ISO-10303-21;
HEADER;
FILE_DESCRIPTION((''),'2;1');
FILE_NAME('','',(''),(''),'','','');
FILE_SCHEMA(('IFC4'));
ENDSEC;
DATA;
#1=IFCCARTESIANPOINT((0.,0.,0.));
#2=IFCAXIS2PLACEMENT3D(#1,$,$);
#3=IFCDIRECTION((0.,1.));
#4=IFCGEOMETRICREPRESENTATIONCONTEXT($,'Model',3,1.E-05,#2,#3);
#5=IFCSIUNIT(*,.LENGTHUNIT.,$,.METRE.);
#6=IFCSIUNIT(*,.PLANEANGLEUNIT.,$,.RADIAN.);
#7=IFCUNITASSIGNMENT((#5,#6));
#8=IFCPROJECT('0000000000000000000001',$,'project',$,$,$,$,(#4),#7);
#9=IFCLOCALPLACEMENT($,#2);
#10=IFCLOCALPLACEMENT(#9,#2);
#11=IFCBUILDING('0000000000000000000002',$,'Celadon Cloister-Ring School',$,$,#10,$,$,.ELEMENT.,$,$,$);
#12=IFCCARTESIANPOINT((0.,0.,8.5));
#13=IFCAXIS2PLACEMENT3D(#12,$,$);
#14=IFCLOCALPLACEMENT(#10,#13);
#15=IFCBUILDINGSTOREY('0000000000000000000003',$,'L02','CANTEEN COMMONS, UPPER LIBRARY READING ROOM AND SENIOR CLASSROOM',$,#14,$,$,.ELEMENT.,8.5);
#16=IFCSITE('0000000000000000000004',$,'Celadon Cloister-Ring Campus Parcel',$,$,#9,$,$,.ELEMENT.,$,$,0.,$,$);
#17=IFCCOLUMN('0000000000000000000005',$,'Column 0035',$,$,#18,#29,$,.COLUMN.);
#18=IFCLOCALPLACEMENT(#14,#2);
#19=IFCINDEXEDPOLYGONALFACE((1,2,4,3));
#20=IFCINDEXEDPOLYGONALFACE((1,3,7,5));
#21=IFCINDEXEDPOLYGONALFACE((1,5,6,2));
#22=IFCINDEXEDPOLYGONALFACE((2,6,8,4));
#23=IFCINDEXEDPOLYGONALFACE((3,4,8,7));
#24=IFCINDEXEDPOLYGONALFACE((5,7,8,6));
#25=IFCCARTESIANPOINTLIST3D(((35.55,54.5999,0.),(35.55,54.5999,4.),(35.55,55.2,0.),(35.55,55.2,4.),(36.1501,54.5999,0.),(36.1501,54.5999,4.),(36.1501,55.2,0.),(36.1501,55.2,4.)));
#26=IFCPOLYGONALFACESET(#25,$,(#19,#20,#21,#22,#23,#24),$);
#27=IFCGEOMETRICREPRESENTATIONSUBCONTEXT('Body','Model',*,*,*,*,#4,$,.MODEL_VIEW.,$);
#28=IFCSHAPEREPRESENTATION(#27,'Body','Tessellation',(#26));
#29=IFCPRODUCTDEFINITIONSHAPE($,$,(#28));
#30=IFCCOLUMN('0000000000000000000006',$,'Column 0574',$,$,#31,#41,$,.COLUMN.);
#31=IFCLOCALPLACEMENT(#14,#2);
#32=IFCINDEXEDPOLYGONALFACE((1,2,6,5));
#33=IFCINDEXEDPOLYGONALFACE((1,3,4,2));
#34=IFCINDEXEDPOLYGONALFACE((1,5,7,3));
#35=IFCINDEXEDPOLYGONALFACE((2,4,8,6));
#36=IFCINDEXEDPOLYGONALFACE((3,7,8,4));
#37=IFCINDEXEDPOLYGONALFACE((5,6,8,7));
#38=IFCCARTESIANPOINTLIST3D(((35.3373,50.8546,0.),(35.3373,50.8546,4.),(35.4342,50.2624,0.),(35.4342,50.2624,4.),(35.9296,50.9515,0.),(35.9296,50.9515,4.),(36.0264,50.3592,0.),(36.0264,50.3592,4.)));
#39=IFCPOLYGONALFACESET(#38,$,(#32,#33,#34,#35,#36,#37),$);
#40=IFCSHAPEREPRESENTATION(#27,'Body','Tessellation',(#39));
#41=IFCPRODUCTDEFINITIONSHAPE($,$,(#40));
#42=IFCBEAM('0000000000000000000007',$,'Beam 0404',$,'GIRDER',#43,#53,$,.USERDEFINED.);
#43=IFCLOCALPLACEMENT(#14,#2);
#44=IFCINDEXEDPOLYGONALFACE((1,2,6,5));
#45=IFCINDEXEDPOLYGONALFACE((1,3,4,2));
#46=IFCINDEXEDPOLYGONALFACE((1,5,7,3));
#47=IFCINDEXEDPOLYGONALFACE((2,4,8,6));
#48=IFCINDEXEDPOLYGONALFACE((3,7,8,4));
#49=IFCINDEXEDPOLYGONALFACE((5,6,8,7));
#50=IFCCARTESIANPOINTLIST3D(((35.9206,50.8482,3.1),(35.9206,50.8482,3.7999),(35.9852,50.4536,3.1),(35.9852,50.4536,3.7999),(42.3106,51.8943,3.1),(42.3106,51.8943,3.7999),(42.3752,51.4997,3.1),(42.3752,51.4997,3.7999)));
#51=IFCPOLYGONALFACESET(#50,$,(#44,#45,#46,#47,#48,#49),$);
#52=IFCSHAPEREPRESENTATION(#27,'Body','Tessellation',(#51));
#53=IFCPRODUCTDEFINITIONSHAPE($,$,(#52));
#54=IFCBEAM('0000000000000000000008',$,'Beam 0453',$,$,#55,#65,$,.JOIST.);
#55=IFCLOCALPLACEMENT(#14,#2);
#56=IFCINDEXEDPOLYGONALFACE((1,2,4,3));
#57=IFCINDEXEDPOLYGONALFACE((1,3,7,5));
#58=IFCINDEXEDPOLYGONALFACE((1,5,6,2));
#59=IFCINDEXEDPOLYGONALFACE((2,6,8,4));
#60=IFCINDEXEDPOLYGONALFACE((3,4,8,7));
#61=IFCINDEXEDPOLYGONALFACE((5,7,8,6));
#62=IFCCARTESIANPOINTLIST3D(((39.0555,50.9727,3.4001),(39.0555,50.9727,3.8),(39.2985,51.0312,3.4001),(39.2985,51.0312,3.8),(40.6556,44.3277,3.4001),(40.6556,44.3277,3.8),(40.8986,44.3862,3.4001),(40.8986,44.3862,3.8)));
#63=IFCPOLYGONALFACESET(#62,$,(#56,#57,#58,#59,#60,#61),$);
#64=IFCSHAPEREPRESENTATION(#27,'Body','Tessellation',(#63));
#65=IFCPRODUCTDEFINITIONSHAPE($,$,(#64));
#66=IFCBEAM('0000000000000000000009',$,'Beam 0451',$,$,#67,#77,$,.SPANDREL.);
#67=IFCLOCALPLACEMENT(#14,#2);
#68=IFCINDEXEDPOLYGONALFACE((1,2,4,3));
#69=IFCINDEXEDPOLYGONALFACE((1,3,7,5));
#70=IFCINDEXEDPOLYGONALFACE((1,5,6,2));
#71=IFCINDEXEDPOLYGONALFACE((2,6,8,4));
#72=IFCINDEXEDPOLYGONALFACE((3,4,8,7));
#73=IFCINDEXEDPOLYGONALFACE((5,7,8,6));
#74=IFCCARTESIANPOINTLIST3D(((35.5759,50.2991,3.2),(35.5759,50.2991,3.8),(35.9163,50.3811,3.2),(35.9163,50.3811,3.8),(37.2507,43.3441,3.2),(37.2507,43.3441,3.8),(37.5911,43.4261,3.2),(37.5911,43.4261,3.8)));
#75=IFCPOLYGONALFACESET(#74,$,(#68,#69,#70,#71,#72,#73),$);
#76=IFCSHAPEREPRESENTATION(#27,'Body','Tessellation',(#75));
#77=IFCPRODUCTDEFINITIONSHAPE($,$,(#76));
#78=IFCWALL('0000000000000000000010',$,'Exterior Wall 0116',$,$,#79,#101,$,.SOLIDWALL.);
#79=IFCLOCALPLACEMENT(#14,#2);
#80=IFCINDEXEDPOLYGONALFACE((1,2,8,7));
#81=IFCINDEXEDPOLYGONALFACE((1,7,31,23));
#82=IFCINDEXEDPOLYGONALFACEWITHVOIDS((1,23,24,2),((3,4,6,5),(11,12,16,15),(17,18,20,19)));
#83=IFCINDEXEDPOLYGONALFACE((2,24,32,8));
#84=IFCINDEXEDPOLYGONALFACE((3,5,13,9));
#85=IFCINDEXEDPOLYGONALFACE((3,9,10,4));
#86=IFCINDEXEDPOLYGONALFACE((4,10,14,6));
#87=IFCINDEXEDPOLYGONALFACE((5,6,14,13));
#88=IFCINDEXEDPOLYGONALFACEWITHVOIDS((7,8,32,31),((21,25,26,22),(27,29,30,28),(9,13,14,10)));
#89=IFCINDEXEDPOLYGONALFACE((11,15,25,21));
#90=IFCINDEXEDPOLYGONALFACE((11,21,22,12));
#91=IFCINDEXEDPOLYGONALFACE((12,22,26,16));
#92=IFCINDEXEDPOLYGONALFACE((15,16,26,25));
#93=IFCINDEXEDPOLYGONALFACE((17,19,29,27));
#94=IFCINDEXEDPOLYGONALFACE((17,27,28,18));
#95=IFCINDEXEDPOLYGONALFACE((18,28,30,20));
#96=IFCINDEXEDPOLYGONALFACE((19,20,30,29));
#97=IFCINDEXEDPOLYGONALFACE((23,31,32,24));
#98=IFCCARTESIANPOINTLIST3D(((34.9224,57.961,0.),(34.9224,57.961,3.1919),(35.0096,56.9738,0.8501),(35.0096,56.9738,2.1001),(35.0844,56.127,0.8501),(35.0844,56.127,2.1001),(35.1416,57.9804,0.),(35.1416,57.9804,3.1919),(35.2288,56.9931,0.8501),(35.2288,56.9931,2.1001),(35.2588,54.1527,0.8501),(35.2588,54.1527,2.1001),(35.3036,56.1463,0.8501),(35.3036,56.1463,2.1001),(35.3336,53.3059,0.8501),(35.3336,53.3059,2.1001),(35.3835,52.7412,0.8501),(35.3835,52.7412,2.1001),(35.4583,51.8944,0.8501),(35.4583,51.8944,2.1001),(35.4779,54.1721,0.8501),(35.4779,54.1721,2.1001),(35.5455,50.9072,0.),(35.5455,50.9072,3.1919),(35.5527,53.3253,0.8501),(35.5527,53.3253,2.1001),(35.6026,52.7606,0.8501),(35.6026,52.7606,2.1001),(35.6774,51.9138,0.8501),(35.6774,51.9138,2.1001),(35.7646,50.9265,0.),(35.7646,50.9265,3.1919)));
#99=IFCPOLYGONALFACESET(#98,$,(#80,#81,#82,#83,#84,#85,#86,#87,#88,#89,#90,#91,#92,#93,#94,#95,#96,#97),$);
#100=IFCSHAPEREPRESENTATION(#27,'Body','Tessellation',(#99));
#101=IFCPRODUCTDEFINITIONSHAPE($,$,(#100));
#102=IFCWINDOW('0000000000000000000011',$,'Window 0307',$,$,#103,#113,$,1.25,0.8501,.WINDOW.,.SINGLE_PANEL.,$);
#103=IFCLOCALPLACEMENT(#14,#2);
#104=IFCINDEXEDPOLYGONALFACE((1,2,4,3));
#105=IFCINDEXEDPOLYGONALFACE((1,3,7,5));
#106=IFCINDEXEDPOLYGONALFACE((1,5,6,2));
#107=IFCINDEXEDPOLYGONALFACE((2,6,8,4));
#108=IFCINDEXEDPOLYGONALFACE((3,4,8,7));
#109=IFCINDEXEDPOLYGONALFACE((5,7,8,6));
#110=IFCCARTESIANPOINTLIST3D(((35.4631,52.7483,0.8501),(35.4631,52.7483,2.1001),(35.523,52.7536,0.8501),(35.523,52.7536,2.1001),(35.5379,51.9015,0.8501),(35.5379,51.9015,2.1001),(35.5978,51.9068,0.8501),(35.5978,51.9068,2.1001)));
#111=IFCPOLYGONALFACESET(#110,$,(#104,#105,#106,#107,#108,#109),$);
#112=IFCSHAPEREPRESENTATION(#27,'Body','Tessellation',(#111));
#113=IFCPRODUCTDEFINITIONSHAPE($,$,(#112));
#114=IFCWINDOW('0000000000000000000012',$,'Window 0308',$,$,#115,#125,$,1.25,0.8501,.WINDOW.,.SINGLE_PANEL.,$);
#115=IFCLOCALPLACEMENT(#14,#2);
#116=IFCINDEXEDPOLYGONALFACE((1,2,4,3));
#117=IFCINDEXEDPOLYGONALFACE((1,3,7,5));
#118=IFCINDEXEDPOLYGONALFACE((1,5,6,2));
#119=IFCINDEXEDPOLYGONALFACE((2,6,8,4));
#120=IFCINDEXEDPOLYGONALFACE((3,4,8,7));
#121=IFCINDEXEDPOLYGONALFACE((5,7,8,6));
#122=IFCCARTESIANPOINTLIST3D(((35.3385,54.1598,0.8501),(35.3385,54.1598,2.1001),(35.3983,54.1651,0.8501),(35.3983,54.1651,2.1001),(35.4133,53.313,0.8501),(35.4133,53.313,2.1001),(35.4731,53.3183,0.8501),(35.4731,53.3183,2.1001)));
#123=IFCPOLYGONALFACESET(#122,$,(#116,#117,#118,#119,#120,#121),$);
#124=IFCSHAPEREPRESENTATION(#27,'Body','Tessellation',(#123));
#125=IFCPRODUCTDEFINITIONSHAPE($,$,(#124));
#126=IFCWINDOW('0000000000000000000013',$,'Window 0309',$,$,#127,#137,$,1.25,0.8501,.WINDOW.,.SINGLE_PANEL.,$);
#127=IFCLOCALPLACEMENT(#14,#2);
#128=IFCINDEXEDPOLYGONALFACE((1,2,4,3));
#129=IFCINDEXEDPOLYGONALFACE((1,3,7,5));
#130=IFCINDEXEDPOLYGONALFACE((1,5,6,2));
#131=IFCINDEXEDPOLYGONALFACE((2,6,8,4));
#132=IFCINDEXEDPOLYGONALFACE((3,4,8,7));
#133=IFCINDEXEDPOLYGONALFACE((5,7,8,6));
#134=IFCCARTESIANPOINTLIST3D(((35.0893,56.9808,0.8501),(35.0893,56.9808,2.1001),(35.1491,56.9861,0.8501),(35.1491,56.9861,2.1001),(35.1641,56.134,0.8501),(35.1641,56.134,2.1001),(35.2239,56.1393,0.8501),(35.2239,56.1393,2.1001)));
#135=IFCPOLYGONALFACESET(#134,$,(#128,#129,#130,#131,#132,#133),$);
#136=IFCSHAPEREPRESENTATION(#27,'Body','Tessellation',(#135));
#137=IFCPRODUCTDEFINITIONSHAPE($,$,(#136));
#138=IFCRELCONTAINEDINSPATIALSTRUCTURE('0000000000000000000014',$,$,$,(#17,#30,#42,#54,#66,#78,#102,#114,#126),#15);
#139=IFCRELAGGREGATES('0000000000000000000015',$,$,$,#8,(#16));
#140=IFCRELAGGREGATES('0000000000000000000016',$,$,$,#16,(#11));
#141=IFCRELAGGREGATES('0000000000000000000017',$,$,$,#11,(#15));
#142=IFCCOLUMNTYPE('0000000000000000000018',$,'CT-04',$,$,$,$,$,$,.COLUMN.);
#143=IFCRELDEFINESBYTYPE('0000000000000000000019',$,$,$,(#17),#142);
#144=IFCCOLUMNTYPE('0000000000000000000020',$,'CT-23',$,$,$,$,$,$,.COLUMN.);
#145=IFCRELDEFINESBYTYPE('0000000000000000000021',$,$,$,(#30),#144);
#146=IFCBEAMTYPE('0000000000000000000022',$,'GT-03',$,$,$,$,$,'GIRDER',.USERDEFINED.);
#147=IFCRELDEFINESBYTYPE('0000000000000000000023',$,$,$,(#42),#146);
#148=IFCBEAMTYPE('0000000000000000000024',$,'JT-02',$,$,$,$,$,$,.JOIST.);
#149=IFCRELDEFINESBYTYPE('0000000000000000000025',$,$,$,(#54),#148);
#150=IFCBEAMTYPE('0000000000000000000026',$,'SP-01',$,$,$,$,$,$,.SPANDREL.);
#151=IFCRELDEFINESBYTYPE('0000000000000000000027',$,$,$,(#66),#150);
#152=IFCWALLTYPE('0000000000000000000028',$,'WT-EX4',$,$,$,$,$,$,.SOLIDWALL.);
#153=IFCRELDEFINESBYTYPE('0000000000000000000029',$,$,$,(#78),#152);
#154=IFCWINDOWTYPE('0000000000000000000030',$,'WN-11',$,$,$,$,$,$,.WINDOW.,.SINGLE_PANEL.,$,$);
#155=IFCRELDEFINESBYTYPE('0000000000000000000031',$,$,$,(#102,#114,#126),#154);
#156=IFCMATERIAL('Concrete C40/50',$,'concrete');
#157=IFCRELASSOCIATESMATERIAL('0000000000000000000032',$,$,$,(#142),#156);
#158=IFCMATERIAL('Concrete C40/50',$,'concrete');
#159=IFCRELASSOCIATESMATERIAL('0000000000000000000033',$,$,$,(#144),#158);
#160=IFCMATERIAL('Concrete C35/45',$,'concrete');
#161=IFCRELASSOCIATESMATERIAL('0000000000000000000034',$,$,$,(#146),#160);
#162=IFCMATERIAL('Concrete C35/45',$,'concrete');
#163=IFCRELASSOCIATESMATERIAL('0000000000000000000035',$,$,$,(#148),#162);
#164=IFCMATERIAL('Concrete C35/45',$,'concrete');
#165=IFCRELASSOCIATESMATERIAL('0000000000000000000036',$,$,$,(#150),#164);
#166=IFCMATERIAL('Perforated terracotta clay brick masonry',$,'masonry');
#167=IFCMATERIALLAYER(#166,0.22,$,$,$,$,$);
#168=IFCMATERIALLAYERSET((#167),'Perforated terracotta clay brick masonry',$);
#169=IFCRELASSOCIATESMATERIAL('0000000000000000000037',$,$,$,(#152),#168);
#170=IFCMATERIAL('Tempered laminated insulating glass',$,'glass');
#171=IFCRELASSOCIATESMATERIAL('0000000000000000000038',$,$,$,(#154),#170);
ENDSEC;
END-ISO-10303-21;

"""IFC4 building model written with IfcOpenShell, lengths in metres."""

from ifc_helpers import new_model, si_unit, direction, frame, frame_2d, origin, origin_2d, place, context, subcontext, project, spatial, rectangle, extrude, material, layer, layer_set, material_profile, profile_set, type_object, element, fill, save


model = new_model("IFC4")

# Units and contexts
model_context = context("Model", 3, precision=1e-05, world=origin(), true_north=direction((0.0, 1.0)))
body_context = subcontext(model_context, "Body", "Model", "MODEL_VIEW")
ifc_project = project(units=[si_unit("LENGTHUNIT", "METRE"), si_unit("PLANEANGLEUNIT", "RADIAN")], contexts=[model_context])

# Site, building, storey
site_placement = place(None, origin())
site = spatial("IfcSite", under=ifc_project, at=site_placement, Name="Celadon Cloister-Ring Campus Parcel", CompositionType="ELEMENT", RefElevation=0.0)
building_placement = place(site_placement, origin())
building = spatial("IfcBuilding", under=site, at=building_placement, Name="Celadon Cloister-Ring School", CompositionType="ELEMENT")
storey_placement = place(building_placement, frame((0.0, 0.0, 8.5)))
storey = spatial("IfcBuildingStorey", under=building, at=storey_placement, Name="L02", Description="CANTEEN COMMONS, UPPER LIBRARY READING ROOM AND SENIOR CLASSROOM", CompositionType="ELEMENT", Elevation=8.5)

# Columns
ifc_material_1 = material(Name="Concrete C40/50", Category="concrete")
ifc_material_profile_1 = material_profile(ifc_material_1, rectangle(XDim=0.6001, YDim=0.6001, at=origin_2d()), Name="RC600X600")
ifc_profile_set_1 = profile_set([ifc_material_profile_1], Name="Concrete C40/50")
column_type_1 = type_object("IfcColumnType", Name="CT-04", PredefinedType="COLUMN", material=ifc_profile_set_1)
column_1_placement = place(storey_placement, frame((35.8501, 54.8999, 0.0), z_axis=(0.0, 0.0, 1.0), x_axis=(1.0, 0.0, 0.0)))
element("IfcColumn", 1, at=column_1_placement, inside=storey, type_object=column_type_1, Name="Column 0035", PredefinedType="COLUMN", context=body_context, shape_type="SweptSolid", body=[
    extrude(rectangle(XDim=0.6001, YDim=0.6001, at=origin_2d()), origin(), (0.0, 0.0, 1.0), 4.0),
])
ifc_material_2 = material(Name="Concrete C40/50", Category="concrete")
ifc_material_profile_2 = material_profile(ifc_material_2, rectangle(XDim=0.6001, YDim=0.6001, at=origin_2d()), Name="RC600X600")
ifc_profile_set_2 = profile_set([ifc_material_profile_2], Name="Concrete C40/50")
column_type_2 = type_object("IfcColumnType", Name="CT-23", PredefinedType="COLUMN", material=ifc_profile_set_2)
column_2_placement = place(storey_placement, frame((35.6819, 50.6069, 0.0), z_axis=(0.0, 0.0, 1.0), x_axis=(-0.98689, -0.161397, 0.0)))
element("IfcColumn", 2, at=column_2_placement, inside=storey, type_object=column_type_2, Name="Column 0574", PredefinedType="COLUMN", context=body_context, shape_type="SweptSolid", body=[
    extrude(rectangle(XDim=0.6001, YDim=0.6001, at=origin_2d()), origin(), (0.0, 0.0, 1.0), 4.0),
])

# Beams
ifc_material_3 = material(Name="Concrete C35/45", Category="concrete")
ifc_material_profile_3 = material_profile(ifc_material_3, rectangle(XDim=0.3999, YDim=0.7, at=origin_2d()), Name="RC400X700")
ifc_profile_set_3 = profile_set([ifc_material_profile_3], Name="Concrete C35/45")
beam_type_1 = type_object("IfcBeamType", Name="GT-03", ElementType="GIRDER", PredefinedType="USERDEFINED", material=ifc_profile_set_3)
beam_1_placement = place(storey_placement, frame((35.9529, 50.6509, 3.45), z_axis=(0.986863, 0.161561, 0.0), x_axis=(-0.161561, 0.986863, 0.0)))
element("IfcBeam", 3, at=beam_1_placement, inside=storey, type_object=beam_type_1, Name="Beam 0404", ObjectType="GIRDER", PredefinedType="USERDEFINED", context=body_context, shape_type="SweptSolid", body=[
    extrude(rectangle(XDim=0.3999, YDim=0.7, at=origin_2d()), origin(), (0.0, 0.0, 1.0), 6.4751),
])
ifc_material_4 = material(Name="Concrete C35/45", Category="concrete")
ifc_material_profile_4 = material_profile(ifc_material_4, rectangle(XDim=0.25, YDim=0.3999, at=origin_2d()), Name="RC250X400")
ifc_profile_set_4 = profile_set([ifc_material_profile_4], Name="Concrete C35/45")
beam_type_2 = type_object("IfcBeamType", Name="JT-02", PredefinedType="JOIST", material=ifc_profile_set_4)
beam_2_placement = place(storey_placement, frame((39.177, 51.002, 3.6001), z_axis=(0.234105, -0.972211, 0.0), x_axis=(0.972211, 0.234105, 0.0)))
element("IfcBeam", 4, at=beam_2_placement, inside=storey, type_object=beam_type_2, Name="Beam 0453", PredefinedType="JOIST", context=body_context, shape_type="SweptSolid", body=[
    extrude(rectangle(XDim=0.25, YDim=0.3999, at=origin_2d()), origin(), (0.0, 0.0, 1.0), 6.835),
])
ifc_material_5 = material(Name="Concrete C35/45", Category="concrete")
ifc_material_profile_5 = material_profile(ifc_material_5, rectangle(XDim=0.3501, YDim=0.6001, at=origin_2d()), Name="RC350X600")
ifc_profile_set_5 = profile_set([ifc_material_profile_5], Name="Concrete C35/45")
beam_type_3 = type_object("IfcBeamType", Name="SP-01", PredefinedType="SPANDREL", material=ifc_profile_set_5)
beam_3_placement = place(storey_placement, frame((35.7461, 50.3401, 3.5), z_axis=(0.234111, -0.97221, 0.0), x_axis=(0.97221, 0.234111, 0.0)))
element("IfcBeam", 5, at=beam_3_placement, inside=storey, type_object=beam_type_3, Name="Beam 0451", PredefinedType="SPANDREL", context=body_context, shape_type="SweptSolid", body=[
    extrude(rectangle(XDim=0.3501, YDim=0.6001, at=origin_2d()), origin(), (0.0, 0.0, 1.0), 7.1538),
])

# Wall, openings, windows
ifc_material_6 = material(Name="Perforated terracotta clay brick masonry", Category="masonry")
ifc_layer_1 = layer(ifc_material_6, 0.22)
ifc_layer_set_1 = layer_set([ifc_layer_1], Name="Perforated terracotta clay brick masonry")
wall_type_1 = type_object("IfcWallType", Name="WT-EX4", PredefinedType="SOLIDWALL", material=ifc_layer_set_1)
wall_1_placement = place(storey_placement, frame((35.655, 50.917, 0.0), z_axis=(0.0, 0.0, 1.0), x_axis=(-0.087983, 0.996122, 0.0)))
wall_1 = element("IfcWall", 6, at=wall_1_placement, inside=storey, type_object=wall_type_1, Name="Exterior Wall 0116", PredefinedType="SOLIDWALL", context=body_context, shape_type="SweptSolid", body=[
    extrude(rectangle(XDim=7.0813, YDim=0.22, at=frame_2d((3.5405, 0.0))), origin(), (0.0, 0.0, 1.0), 3.1919),
])
opening_1_placement = place(wall_1_placement, frame((0.991, 0.0, 0.8501)))
opening_1 = element("IfcOpeningElement", 7, at=opening_1_placement, cuts=wall_1, PredefinedType="OPENING", context=body_context, shape_type="SweptSolid", body=[
    extrude(rectangle(XDim=0.8501, YDim=1.25, at=frame_2d((0.425, 0.625))), frame((0.0, 0.1201, 0.0), z_axis=(0.0, -1.0, 0.0), x_axis=(1.0, 0.0, 0.0)), (0.0, 0.0, 1.0), 0.24),
])
opening_2_placement = place(wall_1_placement, frame((2.408, 0.0, 0.8501)))
opening_2 = element("IfcOpeningElement", 8, at=opening_2_placement, cuts=wall_1, PredefinedType="OPENING", context=body_context, shape_type="SweptSolid", body=[
    extrude(rectangle(XDim=0.8501, YDim=1.25, at=frame_2d((0.425, 0.625))), frame((0.0, 0.1201, 0.0), z_axis=(0.0, -1.0, 0.0), x_axis=(1.0, 0.0, 0.0)), (0.0, 0.0, 1.0), 0.24),
])
opening_3_placement = place(wall_1_placement, frame((5.24, 0.0, 0.8501)))
opening_3 = element("IfcOpeningElement", 9, at=opening_3_placement, cuts=wall_1, PredefinedType="OPENING", context=body_context, shape_type="SweptSolid", body=[
    extrude(rectangle(XDim=0.8501, YDim=1.25, at=frame_2d((0.425, 0.625))), frame((0.0, 0.1201, 0.0), z_axis=(0.0, -1.0, 0.0), x_axis=(1.0, 0.0, 0.0)), (0.0, 0.0, 1.0), 0.24),
])
ifc_material_7 = material(Name="Tempered laminated insulating glass", Category="glass")
window_type = type_object("IfcWindowType", Name="WN-11", PartitioningType="SINGLE_PANEL", PredefinedType="WINDOW", material=ifc_material_7)
window_1_placement = place(opening_1_placement, origin())
window_1 = element("IfcWindow", 10, at=window_1_placement, inside=storey, type_object=window_type, Name="Window 0307", OverallHeight=1.25, OverallWidth=0.8501, PartitioningType="SINGLE_PANEL", PredefinedType="WINDOW", context=body_context, shape_type="SweptSolid", body=[
    extrude(rectangle(XDim=0.8501, YDim=1.25, at=frame_2d((0.425, 0.625))), frame((0.0, 0.03, 0.0), z_axis=(0.0, -1.0, 0.0), x_axis=(1.0, 0.0, 0.0)), (0.0, 0.0, 1.0), 0.0601),
])
fill(opening_1, window_1)
window_2_placement = place(opening_2_placement, origin())
window_2 = element("IfcWindow", 11, at=window_2_placement, inside=storey, type_object=window_type, Name="Window 0308", OverallHeight=1.25, OverallWidth=0.8501, PartitioningType="SINGLE_PANEL", PredefinedType="WINDOW", context=body_context, shape_type="SweptSolid", body=[
    extrude(rectangle(XDim=0.8501, YDim=1.25, at=frame_2d((0.425, 0.625))), frame((0.0, 0.03, 0.0), z_axis=(0.0, -1.0, 0.0), x_axis=(1.0, 0.0, 0.0)), (0.0, 0.0, 1.0), 0.0601),
])
fill(opening_2, window_2)
window_3_placement = place(opening_3_placement, origin())
window_3 = element("IfcWindow", 12, at=window_3_placement, inside=storey, type_object=window_type, Name="Window 0309", OverallHeight=1.25, OverallWidth=0.8501, PartitioningType="SINGLE_PANEL", PredefinedType="WINDOW", context=body_context, shape_type="SweptSolid", body=[
    extrude(rectangle(XDim=0.8501, YDim=1.25, at=frame_2d((0.425, 0.625))), frame((0.0, 0.03, 0.0), z_axis=(0.0, -1.0, 0.0), x_axis=(1.0, 0.0, 0.0)), (0.0, 0.0, 1.0), 0.0601),
])
fill(opening_3, window_3)

save(model, "model.ifc")
